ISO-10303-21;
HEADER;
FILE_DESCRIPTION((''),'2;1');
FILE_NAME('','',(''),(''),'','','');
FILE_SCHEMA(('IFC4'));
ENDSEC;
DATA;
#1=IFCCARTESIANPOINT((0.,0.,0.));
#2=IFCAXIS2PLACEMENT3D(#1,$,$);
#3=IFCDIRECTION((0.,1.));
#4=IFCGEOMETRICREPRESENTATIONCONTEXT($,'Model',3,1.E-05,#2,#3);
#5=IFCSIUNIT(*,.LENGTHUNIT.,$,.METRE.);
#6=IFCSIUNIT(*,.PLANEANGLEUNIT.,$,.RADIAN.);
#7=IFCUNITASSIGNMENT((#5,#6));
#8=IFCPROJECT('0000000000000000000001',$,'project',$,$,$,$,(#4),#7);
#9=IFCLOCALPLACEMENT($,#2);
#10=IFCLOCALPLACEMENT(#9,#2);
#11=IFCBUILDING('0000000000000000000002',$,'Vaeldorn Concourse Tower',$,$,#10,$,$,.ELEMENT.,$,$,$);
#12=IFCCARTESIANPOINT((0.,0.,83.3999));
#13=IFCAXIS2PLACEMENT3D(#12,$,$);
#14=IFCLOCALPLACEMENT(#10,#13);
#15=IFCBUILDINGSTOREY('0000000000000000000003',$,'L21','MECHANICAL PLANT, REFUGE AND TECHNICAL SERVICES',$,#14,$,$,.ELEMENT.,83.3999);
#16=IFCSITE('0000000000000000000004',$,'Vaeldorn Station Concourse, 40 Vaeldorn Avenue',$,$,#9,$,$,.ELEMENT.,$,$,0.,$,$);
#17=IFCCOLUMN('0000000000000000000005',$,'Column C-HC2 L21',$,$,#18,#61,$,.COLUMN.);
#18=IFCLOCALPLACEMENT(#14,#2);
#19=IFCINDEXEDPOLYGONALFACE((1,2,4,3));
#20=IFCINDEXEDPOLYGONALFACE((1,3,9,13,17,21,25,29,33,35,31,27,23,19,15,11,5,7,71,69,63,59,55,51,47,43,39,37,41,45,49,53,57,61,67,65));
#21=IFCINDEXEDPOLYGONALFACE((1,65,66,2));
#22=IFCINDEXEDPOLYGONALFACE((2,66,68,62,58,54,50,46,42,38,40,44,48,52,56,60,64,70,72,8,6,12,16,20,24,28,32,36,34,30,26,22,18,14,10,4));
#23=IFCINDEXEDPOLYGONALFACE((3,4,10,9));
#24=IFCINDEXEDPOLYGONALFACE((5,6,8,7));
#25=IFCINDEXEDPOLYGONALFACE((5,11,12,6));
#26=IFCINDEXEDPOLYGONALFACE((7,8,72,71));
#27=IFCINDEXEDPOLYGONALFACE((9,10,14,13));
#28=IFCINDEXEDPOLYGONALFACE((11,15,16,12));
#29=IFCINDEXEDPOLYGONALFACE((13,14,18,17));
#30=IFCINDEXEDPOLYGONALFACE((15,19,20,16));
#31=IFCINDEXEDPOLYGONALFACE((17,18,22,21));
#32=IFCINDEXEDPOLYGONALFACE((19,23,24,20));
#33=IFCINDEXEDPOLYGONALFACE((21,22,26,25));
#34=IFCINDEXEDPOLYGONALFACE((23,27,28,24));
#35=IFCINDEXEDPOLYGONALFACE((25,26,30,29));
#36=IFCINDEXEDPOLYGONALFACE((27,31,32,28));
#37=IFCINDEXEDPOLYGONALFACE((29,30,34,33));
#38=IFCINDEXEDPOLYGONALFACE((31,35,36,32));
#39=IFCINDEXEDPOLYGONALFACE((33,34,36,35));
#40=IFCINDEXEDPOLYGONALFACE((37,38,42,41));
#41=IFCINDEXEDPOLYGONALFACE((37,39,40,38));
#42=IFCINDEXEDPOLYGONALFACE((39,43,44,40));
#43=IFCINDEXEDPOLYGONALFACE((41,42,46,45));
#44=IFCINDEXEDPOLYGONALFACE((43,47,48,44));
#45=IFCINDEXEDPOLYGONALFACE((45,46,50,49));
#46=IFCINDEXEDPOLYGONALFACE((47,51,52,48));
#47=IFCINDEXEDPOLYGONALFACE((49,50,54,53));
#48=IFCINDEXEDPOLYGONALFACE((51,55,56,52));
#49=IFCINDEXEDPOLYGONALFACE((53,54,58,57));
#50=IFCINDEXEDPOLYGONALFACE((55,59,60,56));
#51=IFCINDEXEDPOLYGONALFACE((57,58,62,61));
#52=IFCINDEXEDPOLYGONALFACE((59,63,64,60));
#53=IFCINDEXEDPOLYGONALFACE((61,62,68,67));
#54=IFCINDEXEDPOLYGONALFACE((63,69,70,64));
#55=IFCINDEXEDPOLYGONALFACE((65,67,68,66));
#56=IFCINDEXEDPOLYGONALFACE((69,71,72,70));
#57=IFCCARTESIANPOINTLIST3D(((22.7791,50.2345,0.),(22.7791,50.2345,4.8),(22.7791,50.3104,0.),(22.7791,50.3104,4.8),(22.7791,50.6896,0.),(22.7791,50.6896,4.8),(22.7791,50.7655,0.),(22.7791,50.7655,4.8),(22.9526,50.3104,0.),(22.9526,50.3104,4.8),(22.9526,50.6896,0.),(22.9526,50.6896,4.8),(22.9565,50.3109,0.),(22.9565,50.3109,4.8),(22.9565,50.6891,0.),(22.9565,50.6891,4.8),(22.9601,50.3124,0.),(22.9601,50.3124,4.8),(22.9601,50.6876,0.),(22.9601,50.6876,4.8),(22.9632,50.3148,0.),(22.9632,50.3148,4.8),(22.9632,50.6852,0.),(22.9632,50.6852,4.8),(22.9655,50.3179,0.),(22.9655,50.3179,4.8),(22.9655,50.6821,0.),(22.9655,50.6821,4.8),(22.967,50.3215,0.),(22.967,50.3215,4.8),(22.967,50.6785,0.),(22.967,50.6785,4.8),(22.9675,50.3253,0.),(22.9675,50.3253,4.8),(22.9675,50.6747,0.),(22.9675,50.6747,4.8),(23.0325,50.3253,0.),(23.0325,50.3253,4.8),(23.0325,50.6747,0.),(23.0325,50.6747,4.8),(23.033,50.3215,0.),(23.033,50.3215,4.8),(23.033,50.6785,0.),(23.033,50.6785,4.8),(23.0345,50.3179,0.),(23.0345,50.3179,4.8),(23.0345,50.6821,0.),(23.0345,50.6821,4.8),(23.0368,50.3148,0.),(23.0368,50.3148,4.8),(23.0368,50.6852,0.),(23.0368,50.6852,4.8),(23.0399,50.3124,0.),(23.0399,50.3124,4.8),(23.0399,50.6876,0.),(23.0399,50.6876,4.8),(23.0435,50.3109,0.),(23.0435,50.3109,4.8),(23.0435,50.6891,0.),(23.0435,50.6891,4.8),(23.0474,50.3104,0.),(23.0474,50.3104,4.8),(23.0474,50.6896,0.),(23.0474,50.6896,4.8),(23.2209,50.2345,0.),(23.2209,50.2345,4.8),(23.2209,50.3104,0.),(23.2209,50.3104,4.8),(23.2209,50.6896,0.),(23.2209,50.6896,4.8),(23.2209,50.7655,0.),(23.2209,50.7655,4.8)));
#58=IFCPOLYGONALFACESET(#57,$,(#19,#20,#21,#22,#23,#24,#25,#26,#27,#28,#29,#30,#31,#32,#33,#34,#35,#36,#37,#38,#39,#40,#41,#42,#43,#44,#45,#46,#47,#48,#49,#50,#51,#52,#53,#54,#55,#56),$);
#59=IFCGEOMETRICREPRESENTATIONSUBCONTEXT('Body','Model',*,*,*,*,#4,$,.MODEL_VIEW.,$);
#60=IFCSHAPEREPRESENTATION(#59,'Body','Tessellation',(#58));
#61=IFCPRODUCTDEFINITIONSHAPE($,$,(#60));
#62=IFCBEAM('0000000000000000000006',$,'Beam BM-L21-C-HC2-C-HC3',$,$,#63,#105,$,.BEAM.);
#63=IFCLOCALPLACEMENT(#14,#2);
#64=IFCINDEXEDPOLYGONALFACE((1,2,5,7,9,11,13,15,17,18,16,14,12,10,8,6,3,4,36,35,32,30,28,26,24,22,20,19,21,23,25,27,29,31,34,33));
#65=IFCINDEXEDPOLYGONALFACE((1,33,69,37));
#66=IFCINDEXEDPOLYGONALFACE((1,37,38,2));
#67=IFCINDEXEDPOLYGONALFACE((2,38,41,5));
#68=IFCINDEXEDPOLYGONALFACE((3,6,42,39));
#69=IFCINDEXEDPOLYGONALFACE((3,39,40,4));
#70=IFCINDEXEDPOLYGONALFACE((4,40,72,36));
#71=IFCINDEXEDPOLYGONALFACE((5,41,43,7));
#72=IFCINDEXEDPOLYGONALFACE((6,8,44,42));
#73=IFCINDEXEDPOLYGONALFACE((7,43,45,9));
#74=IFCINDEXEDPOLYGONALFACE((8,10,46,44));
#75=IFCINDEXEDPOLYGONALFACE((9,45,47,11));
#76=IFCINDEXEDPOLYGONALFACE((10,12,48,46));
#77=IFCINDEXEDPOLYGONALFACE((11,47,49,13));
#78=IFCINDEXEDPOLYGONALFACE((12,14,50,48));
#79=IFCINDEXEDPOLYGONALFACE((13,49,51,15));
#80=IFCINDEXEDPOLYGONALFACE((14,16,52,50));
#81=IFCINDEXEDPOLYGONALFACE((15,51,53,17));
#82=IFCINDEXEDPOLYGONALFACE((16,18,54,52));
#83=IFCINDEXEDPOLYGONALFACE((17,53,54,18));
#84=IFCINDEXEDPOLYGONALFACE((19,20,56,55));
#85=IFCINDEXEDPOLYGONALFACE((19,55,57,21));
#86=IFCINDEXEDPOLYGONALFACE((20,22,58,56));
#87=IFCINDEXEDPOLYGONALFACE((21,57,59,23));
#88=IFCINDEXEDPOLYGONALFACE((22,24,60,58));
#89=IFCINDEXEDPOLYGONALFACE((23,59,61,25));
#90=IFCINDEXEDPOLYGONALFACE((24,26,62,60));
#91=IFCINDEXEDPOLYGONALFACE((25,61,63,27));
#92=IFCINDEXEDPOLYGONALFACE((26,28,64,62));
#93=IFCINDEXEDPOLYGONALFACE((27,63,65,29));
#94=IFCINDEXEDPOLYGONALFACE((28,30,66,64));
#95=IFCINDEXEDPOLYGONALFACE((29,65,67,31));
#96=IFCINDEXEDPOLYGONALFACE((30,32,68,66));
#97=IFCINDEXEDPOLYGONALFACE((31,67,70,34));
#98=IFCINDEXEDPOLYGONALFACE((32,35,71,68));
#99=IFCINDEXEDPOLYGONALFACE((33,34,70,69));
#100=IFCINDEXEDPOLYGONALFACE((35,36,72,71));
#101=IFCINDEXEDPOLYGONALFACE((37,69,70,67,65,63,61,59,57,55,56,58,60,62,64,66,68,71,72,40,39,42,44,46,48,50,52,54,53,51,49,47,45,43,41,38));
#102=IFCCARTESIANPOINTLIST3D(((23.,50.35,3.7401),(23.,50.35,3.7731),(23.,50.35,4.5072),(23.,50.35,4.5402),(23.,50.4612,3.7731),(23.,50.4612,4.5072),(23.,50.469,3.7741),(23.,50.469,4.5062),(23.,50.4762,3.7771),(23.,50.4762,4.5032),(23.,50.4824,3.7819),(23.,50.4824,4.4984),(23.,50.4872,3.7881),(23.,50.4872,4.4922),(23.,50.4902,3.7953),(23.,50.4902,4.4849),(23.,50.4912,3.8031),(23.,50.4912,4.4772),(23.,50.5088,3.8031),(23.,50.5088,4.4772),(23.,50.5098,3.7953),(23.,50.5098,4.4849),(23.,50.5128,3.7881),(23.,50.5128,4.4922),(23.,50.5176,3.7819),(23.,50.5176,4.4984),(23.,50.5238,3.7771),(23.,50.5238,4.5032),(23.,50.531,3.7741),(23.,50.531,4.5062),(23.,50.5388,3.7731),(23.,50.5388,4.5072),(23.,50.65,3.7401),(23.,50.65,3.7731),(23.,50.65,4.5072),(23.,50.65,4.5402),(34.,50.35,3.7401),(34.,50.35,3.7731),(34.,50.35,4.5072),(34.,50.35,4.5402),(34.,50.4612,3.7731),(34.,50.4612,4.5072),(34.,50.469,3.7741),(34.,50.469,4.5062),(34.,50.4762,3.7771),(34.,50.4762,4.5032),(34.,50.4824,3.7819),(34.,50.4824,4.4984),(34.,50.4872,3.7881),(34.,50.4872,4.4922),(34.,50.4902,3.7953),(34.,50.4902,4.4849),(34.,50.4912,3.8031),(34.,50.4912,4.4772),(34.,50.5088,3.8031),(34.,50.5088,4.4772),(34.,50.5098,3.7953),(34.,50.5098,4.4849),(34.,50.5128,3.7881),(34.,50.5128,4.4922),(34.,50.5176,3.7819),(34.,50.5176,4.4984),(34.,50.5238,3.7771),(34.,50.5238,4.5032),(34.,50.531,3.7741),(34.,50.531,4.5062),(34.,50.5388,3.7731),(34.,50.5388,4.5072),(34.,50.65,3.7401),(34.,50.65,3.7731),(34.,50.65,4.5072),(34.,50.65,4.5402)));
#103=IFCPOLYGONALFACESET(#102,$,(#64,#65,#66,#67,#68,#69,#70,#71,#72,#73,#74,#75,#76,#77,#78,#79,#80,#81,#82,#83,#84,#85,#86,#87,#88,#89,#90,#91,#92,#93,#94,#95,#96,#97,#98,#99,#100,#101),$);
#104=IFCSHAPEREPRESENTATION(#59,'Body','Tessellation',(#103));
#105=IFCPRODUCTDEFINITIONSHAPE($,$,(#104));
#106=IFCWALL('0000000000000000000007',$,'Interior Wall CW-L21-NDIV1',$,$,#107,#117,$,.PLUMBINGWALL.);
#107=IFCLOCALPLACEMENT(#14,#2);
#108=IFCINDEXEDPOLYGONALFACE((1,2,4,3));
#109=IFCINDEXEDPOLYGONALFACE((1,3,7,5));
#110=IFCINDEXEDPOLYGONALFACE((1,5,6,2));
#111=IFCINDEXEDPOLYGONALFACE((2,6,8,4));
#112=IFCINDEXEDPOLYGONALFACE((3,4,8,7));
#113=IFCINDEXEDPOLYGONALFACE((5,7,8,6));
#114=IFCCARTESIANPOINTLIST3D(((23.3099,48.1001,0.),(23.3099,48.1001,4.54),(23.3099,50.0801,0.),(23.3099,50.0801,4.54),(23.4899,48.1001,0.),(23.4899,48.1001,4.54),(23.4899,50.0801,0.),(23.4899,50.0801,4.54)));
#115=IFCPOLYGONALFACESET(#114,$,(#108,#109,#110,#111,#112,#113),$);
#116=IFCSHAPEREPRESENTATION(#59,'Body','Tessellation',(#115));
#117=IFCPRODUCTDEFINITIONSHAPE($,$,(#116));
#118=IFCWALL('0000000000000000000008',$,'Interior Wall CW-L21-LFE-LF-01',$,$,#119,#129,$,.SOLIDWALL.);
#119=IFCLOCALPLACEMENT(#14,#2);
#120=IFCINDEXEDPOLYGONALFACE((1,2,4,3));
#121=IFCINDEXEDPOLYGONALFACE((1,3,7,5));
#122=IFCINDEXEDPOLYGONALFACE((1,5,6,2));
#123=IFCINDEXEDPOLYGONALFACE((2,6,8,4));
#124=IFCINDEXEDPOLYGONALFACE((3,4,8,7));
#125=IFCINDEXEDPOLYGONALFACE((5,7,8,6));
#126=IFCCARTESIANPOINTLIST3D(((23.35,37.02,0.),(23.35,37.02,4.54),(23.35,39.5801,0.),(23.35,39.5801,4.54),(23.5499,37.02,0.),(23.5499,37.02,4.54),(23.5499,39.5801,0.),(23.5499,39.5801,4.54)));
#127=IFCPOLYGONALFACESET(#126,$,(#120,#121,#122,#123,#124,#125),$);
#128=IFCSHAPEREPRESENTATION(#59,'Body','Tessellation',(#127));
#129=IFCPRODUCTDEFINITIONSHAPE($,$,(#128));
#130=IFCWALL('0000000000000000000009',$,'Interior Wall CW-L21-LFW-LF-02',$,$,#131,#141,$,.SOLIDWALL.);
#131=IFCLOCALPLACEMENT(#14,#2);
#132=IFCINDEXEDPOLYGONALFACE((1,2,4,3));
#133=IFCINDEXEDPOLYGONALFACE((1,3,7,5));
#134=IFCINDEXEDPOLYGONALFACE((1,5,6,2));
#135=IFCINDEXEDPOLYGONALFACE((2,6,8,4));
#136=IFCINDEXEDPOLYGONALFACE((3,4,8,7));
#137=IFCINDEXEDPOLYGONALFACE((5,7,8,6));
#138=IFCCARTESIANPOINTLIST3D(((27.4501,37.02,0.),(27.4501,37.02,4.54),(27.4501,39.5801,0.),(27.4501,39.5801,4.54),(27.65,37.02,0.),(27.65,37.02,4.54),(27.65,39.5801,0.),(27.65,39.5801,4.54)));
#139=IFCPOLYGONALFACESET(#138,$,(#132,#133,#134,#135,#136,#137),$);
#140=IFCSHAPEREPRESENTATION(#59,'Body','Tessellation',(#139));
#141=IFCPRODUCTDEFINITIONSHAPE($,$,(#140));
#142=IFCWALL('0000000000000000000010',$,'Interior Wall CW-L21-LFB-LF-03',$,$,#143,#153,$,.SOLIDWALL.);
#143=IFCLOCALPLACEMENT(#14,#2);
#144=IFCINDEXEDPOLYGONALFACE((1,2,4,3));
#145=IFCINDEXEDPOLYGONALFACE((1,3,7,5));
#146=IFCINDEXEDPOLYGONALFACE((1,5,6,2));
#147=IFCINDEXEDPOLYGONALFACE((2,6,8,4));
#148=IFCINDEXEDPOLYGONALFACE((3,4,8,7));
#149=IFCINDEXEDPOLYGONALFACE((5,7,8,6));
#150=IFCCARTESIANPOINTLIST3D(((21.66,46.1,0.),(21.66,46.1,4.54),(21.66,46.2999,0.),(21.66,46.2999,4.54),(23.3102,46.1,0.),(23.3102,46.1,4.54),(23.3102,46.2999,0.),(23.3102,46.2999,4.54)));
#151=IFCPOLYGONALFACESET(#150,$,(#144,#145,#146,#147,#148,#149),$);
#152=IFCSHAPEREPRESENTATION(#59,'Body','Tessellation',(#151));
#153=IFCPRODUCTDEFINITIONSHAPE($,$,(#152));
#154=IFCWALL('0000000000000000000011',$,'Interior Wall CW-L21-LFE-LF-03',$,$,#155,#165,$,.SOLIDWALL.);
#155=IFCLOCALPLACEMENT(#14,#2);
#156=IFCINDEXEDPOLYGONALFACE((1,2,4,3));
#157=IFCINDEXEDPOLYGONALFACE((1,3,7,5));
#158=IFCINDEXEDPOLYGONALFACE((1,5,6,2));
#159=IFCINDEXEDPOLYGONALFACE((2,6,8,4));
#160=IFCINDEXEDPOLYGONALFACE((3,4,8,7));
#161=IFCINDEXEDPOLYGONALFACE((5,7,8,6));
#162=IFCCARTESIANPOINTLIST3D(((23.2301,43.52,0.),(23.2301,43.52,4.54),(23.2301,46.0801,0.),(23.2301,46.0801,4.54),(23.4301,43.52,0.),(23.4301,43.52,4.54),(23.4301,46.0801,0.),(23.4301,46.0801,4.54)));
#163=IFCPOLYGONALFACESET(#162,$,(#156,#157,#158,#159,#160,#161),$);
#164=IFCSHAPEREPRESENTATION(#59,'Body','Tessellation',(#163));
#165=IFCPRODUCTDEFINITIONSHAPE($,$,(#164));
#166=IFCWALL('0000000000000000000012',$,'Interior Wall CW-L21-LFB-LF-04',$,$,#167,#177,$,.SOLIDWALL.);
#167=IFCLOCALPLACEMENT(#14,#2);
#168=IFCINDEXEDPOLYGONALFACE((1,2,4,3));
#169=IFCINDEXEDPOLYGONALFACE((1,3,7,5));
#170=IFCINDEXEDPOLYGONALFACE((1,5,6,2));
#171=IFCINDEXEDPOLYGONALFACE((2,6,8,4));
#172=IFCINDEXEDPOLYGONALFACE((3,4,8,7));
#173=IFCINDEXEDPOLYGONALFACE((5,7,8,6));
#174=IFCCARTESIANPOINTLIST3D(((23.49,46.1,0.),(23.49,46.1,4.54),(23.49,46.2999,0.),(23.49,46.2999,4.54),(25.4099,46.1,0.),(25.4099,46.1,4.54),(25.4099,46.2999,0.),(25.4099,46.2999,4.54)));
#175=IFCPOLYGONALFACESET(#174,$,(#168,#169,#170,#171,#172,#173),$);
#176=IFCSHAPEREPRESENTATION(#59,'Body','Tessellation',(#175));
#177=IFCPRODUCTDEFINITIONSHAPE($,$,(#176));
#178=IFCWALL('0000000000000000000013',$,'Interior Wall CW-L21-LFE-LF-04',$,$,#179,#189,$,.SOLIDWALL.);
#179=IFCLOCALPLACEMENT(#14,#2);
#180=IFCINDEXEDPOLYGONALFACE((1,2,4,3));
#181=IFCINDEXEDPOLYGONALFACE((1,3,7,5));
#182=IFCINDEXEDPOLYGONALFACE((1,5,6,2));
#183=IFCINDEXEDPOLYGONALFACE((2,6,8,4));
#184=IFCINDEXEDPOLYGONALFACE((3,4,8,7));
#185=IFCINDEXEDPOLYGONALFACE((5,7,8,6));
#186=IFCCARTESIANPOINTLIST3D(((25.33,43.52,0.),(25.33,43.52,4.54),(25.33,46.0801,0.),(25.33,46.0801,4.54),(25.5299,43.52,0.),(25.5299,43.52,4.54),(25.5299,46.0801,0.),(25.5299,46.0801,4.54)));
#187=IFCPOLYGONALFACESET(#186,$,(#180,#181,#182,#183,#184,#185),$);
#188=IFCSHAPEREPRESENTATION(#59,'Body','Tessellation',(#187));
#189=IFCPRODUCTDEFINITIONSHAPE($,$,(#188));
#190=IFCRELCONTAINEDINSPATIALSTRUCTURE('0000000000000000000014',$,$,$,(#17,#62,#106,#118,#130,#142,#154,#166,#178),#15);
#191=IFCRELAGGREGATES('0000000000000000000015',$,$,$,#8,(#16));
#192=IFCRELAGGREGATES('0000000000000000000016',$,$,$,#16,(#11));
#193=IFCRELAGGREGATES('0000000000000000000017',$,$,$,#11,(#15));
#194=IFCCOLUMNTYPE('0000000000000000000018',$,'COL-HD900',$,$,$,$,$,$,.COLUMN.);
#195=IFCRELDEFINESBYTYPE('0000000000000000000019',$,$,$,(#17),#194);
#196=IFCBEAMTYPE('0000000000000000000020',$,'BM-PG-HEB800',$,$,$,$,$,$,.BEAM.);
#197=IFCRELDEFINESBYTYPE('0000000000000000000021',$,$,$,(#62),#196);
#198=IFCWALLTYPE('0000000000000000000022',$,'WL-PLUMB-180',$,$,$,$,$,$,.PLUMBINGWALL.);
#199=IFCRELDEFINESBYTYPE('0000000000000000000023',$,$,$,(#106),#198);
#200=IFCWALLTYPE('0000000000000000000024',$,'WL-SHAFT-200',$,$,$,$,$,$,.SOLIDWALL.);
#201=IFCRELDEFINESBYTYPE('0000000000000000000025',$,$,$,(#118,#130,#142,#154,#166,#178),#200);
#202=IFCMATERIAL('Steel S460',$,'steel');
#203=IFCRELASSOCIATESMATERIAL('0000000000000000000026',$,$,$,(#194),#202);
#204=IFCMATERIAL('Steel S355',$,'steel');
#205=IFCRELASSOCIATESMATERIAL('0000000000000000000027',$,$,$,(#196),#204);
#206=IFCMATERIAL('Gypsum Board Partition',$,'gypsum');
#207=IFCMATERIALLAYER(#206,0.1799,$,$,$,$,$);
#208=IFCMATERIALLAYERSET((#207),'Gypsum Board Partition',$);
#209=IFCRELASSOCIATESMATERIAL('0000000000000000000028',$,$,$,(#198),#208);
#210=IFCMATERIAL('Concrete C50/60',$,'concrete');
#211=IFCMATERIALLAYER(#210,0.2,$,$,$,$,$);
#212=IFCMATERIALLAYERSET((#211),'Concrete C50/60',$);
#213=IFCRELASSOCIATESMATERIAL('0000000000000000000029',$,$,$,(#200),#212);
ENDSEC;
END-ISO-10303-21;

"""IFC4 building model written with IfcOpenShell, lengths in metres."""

from ifc_helpers import new_model, si_unit, direction, frame, frame_2d, origin, origin_2d, place, context, subcontext, project, spatial, rectangle, i_section, extrude, source, transform, mapped, material, layer, layer_set, material_profile, profile_set, type_object, element, save


model = new_model("IFC4")

# Units and contexts
model_context = context("Model", 3, precision=1e-05, world=origin(), true_north=direction((0.0, 1.0)))
body_context = subcontext(model_context, "Body", "Model", "MODEL_VIEW")
ifc_project = project(units=[si_unit("LENGTHUNIT", "METRE"), si_unit("PLANEANGLEUNIT", "RADIAN")], contexts=[model_context])

# Site, building, storey
site_placement = place(None, origin())
site = spatial("IfcSite", under=ifc_project, at=site_placement, Name="Vaeldorn Station Concourse, 40 Vaeldorn Avenue", CompositionType="ELEMENT", RefElevation=0.0)
building_placement = place(site_placement, origin())
building = spatial("IfcBuilding", under=site, at=building_placement, Name="Vaeldorn Concourse Tower", CompositionType="ELEMENT")
storey_placement = place(building_placement, frame((0.0, 0.0, 83.3999)))
storey = spatial("IfcBuildingStorey", under=building, at=storey_placement, Name="L21", Description="MECHANICAL PLANT, REFUGE AND TECHNICAL SERVICES", CompositionType="ELEMENT", Elevation=83.3999)

# Column
ifc_material_1 = material(Name="Steel S460", Category="steel")
ifc_material_profile_1 = material_profile(ifc_material_1, i_section(OverallWidth=0.4419, OverallDepth=0.531, WebThickness=0.0649, FlangeThickness=0.0759, FilletRadius=0.0149, at=origin_2d()), Name="HD 400x900")
ifc_profile_set_1 = profile_set([ifc_material_profile_1], Name="Steel S460")
column_type = type_object("IfcColumnType", Name="COL-HD900", PredefinedType="COLUMN", material=ifc_profile_set_1)
shared_shape_1 = source(origin(), body_context, "Body", "SweptSolid", [
    extrude(i_section(OverallWidth=0.4419, OverallDepth=0.531, WebThickness=0.0649, FlangeThickness=0.0759, FilletRadius=0.0149, at=origin_2d()), origin(), (0.0, 0.0, 1.0), 4.8),
])
column_placement = place(storey_placement, frame((23.0, 50.5, 0.0), z_axis=(0.0, 0.0, 1.0), x_axis=(1.0, 0.0, 0.0)))
element("IfcColumn", 1, at=column_placement, inside=storey, type_object=column_type, Name="Column C-HC2 L21", PredefinedType="COLUMN", context=body_context, shape_type="MappedRepresentation", body=[
    mapped(shared_shape_1, transform((0.0, 0.0, 0.0), scale=1.0)),
])

# Beam
ifc_material_2 = material(Name="Steel S355", Category="steel")
ifc_material_profile_2 = material_profile(ifc_material_2, i_section(OverallWidth=0.3, OverallDepth=0.8, WebThickness=0.0176, FlangeThickness=0.033, FilletRadius=0.03, at=origin_2d()), Name="HEB 800")
ifc_profile_set_2 = profile_set([ifc_material_profile_2], Name="Steel S355")
beam_type = type_object("IfcBeamType", Name="BM-PG-HEB800", PredefinedType="BEAM", material=ifc_profile_set_2)
shared_shape_2 = source(origin(), body_context, "Body", "SweptSolid", [
    extrude(i_section(OverallWidth=0.3, OverallDepth=0.8, WebThickness=0.0176, FlangeThickness=0.033, FilletRadius=0.03, at=origin_2d()), origin(), (0.0, 0.0, 1.0), 11.0),
])
beam_placement = place(storey_placement, frame((23.0, 50.5, 4.1401), z_axis=(1.0, 0.0, 0.0), x_axis=(0.0, 1.0, 0.0)))
element("IfcBeam", 2, at=beam_placement, inside=storey, type_object=beam_type, Name="Beam BM-L21-C-HC2-C-HC3", PredefinedType="BEAM", context=body_context, shape_type="MappedRepresentation", body=[
    mapped(shared_shape_2, transform((0.0, 0.0, 0.0), scale=1.0)),
])

# Wall
ifc_material_3 = material(Name="Gypsum Board Partition", Category="gypsum")
ifc_layer_1 = layer(ifc_material_3, 0.1799)
ifc_layer_set_1 = layer_set([ifc_layer_1], Name="Gypsum Board Partition")
wall_type_1 = type_object("IfcWallType", Name="WL-PLUMB-180", PredefinedType="PLUMBINGWALL", material=ifc_layer_set_1)
wall_1_placement = place(storey_placement, frame((23.3999, 48.1001, 0.0), z_axis=(0.0, 0.0, 1.0), x_axis=(0.0, 1.0, 0.0)))
element("IfcWall", 3, at=wall_1_placement, inside=storey, type_object=wall_type_1, Name="Interior Wall CW-L21-NDIV1", PredefinedType="PLUMBINGWALL", context=body_context, shape_type="SweptSolid", body=[
    extrude(rectangle(XDim=1.98, YDim=0.1799, at=frame_2d((0.99, 0.0))), origin(), (0.0, 0.0, 1.0), 4.54),
])

# Shared definitions
ifc_material_4 = material(Name="Concrete C50/60", Category="concrete")
ifc_layer_2 = layer(ifc_material_4, 0.2)
ifc_layer_set_2 = layer_set([ifc_layer_2], Name="Concrete C50/60")
wall_type_2 = type_object("IfcWallType", Name="WL-SHAFT-200", PredefinedType="SOLIDWALL", material=ifc_layer_set_2)

# Wall
wall_2_placement = place(storey_placement, frame((23.45, 37.02, 0.0), z_axis=(0.0, 0.0, 1.0), x_axis=(0.0, 1.0, 0.0)))
element("IfcWall", 4, at=wall_2_placement, inside=storey, type_object=wall_type_2, Name="Interior Wall CW-L21-LFE-LF-01", PredefinedType="SOLIDWALL", context=body_context, shape_type="SweptSolid", body=[
    extrude(rectangle(XDim=2.5601, YDim=0.2, at=frame_2d((1.28, 0.0))), origin(), (0.0, 0.0, 1.0), 4.54),
])

# Wall
wall_3_placement = place(storey_placement, frame((27.55, 37.02, 0.0), z_axis=(0.0, 0.0, 1.0), x_axis=(0.0, 1.0, 0.0)))
element("IfcWall", 5, at=wall_3_placement, inside=storey, type_object=wall_type_2, Name="Interior Wall CW-L21-LFW-LF-02", PredefinedType="SOLIDWALL", context=body_context, shape_type="SweptSolid", body=[
    extrude(rectangle(XDim=2.5601, YDim=0.2, at=frame_2d((1.28, 0.0))), origin(), (0.0, 0.0, 1.0), 4.54),
])

# Walls
wall_4_placement = place(storey_placement, frame((21.6599, 46.2, 0.0), z_axis=(0.0, 0.0, 1.0), x_axis=(1.0, 0.0, 0.0)))
element("IfcWall", 6, at=wall_4_placement, inside=storey, type_object=wall_type_2, Name="Interior Wall CW-L21-LFB-LF-03", PredefinedType="SOLIDWALL", context=body_context, shape_type="SweptSolid", body=[
    extrude(rectangle(XDim=1.6501, YDim=0.2, at=frame_2d((0.8252, 0.0))), origin(), (0.0, 0.0, 1.0), 4.54),
])
wall_5_placement = place(storey_placement, frame((23.3301, 43.52, 0.0), z_axis=(0.0, 0.0, 1.0), x_axis=(0.0, 1.0, 0.0)))
element("IfcWall", 7, at=wall_5_placement, inside=storey, type_object=wall_type_2, Name="Interior Wall CW-L21-LFE-LF-03", PredefinedType="SOLIDWALL", context=body_context, shape_type="SweptSolid", body=[
    extrude(rectangle(XDim=2.5601, YDim=0.2, at=frame_2d((1.28, 0.0))), origin(), (0.0, 0.0, 1.0), 4.54),
])

# Walls
wall_6_placement = place(storey_placement, frame((23.49, 46.2, 0.0), z_axis=(0.0, 0.0, 1.0), x_axis=(1.0, 0.0, 0.0)))
element("IfcWall", 8, at=wall_6_placement, inside=storey, type_object=wall_type_2, Name="Interior Wall CW-L21-LFB-LF-04", PredefinedType="SOLIDWALL", context=body_context, shape_type="SweptSolid", body=[
    extrude(rectangle(XDim=1.9199, YDim=0.2, at=frame_2d((0.96, 0.0))), origin(), (0.0, 0.0, 1.0), 4.54),
])
wall_7_placement = place(storey_placement, frame((25.4299, 43.52, 0.0), z_axis=(0.0, 0.0, 1.0), x_axis=(0.0, 1.0, 0.0)))
element("IfcWall", 9, at=wall_7_placement, inside=storey, type_object=wall_type_2, Name="Interior Wall CW-L21-LFE-LF-04", PredefinedType="SOLIDWALL", context=body_context, shape_type="SweptSolid", body=[
    extrude(rectangle(XDim=2.5601, YDim=0.2, at=frame_2d((1.28, 0.0))), origin(), (0.0, 0.0, 1.0), 4.54),
])

save(model, "model.ifc")
